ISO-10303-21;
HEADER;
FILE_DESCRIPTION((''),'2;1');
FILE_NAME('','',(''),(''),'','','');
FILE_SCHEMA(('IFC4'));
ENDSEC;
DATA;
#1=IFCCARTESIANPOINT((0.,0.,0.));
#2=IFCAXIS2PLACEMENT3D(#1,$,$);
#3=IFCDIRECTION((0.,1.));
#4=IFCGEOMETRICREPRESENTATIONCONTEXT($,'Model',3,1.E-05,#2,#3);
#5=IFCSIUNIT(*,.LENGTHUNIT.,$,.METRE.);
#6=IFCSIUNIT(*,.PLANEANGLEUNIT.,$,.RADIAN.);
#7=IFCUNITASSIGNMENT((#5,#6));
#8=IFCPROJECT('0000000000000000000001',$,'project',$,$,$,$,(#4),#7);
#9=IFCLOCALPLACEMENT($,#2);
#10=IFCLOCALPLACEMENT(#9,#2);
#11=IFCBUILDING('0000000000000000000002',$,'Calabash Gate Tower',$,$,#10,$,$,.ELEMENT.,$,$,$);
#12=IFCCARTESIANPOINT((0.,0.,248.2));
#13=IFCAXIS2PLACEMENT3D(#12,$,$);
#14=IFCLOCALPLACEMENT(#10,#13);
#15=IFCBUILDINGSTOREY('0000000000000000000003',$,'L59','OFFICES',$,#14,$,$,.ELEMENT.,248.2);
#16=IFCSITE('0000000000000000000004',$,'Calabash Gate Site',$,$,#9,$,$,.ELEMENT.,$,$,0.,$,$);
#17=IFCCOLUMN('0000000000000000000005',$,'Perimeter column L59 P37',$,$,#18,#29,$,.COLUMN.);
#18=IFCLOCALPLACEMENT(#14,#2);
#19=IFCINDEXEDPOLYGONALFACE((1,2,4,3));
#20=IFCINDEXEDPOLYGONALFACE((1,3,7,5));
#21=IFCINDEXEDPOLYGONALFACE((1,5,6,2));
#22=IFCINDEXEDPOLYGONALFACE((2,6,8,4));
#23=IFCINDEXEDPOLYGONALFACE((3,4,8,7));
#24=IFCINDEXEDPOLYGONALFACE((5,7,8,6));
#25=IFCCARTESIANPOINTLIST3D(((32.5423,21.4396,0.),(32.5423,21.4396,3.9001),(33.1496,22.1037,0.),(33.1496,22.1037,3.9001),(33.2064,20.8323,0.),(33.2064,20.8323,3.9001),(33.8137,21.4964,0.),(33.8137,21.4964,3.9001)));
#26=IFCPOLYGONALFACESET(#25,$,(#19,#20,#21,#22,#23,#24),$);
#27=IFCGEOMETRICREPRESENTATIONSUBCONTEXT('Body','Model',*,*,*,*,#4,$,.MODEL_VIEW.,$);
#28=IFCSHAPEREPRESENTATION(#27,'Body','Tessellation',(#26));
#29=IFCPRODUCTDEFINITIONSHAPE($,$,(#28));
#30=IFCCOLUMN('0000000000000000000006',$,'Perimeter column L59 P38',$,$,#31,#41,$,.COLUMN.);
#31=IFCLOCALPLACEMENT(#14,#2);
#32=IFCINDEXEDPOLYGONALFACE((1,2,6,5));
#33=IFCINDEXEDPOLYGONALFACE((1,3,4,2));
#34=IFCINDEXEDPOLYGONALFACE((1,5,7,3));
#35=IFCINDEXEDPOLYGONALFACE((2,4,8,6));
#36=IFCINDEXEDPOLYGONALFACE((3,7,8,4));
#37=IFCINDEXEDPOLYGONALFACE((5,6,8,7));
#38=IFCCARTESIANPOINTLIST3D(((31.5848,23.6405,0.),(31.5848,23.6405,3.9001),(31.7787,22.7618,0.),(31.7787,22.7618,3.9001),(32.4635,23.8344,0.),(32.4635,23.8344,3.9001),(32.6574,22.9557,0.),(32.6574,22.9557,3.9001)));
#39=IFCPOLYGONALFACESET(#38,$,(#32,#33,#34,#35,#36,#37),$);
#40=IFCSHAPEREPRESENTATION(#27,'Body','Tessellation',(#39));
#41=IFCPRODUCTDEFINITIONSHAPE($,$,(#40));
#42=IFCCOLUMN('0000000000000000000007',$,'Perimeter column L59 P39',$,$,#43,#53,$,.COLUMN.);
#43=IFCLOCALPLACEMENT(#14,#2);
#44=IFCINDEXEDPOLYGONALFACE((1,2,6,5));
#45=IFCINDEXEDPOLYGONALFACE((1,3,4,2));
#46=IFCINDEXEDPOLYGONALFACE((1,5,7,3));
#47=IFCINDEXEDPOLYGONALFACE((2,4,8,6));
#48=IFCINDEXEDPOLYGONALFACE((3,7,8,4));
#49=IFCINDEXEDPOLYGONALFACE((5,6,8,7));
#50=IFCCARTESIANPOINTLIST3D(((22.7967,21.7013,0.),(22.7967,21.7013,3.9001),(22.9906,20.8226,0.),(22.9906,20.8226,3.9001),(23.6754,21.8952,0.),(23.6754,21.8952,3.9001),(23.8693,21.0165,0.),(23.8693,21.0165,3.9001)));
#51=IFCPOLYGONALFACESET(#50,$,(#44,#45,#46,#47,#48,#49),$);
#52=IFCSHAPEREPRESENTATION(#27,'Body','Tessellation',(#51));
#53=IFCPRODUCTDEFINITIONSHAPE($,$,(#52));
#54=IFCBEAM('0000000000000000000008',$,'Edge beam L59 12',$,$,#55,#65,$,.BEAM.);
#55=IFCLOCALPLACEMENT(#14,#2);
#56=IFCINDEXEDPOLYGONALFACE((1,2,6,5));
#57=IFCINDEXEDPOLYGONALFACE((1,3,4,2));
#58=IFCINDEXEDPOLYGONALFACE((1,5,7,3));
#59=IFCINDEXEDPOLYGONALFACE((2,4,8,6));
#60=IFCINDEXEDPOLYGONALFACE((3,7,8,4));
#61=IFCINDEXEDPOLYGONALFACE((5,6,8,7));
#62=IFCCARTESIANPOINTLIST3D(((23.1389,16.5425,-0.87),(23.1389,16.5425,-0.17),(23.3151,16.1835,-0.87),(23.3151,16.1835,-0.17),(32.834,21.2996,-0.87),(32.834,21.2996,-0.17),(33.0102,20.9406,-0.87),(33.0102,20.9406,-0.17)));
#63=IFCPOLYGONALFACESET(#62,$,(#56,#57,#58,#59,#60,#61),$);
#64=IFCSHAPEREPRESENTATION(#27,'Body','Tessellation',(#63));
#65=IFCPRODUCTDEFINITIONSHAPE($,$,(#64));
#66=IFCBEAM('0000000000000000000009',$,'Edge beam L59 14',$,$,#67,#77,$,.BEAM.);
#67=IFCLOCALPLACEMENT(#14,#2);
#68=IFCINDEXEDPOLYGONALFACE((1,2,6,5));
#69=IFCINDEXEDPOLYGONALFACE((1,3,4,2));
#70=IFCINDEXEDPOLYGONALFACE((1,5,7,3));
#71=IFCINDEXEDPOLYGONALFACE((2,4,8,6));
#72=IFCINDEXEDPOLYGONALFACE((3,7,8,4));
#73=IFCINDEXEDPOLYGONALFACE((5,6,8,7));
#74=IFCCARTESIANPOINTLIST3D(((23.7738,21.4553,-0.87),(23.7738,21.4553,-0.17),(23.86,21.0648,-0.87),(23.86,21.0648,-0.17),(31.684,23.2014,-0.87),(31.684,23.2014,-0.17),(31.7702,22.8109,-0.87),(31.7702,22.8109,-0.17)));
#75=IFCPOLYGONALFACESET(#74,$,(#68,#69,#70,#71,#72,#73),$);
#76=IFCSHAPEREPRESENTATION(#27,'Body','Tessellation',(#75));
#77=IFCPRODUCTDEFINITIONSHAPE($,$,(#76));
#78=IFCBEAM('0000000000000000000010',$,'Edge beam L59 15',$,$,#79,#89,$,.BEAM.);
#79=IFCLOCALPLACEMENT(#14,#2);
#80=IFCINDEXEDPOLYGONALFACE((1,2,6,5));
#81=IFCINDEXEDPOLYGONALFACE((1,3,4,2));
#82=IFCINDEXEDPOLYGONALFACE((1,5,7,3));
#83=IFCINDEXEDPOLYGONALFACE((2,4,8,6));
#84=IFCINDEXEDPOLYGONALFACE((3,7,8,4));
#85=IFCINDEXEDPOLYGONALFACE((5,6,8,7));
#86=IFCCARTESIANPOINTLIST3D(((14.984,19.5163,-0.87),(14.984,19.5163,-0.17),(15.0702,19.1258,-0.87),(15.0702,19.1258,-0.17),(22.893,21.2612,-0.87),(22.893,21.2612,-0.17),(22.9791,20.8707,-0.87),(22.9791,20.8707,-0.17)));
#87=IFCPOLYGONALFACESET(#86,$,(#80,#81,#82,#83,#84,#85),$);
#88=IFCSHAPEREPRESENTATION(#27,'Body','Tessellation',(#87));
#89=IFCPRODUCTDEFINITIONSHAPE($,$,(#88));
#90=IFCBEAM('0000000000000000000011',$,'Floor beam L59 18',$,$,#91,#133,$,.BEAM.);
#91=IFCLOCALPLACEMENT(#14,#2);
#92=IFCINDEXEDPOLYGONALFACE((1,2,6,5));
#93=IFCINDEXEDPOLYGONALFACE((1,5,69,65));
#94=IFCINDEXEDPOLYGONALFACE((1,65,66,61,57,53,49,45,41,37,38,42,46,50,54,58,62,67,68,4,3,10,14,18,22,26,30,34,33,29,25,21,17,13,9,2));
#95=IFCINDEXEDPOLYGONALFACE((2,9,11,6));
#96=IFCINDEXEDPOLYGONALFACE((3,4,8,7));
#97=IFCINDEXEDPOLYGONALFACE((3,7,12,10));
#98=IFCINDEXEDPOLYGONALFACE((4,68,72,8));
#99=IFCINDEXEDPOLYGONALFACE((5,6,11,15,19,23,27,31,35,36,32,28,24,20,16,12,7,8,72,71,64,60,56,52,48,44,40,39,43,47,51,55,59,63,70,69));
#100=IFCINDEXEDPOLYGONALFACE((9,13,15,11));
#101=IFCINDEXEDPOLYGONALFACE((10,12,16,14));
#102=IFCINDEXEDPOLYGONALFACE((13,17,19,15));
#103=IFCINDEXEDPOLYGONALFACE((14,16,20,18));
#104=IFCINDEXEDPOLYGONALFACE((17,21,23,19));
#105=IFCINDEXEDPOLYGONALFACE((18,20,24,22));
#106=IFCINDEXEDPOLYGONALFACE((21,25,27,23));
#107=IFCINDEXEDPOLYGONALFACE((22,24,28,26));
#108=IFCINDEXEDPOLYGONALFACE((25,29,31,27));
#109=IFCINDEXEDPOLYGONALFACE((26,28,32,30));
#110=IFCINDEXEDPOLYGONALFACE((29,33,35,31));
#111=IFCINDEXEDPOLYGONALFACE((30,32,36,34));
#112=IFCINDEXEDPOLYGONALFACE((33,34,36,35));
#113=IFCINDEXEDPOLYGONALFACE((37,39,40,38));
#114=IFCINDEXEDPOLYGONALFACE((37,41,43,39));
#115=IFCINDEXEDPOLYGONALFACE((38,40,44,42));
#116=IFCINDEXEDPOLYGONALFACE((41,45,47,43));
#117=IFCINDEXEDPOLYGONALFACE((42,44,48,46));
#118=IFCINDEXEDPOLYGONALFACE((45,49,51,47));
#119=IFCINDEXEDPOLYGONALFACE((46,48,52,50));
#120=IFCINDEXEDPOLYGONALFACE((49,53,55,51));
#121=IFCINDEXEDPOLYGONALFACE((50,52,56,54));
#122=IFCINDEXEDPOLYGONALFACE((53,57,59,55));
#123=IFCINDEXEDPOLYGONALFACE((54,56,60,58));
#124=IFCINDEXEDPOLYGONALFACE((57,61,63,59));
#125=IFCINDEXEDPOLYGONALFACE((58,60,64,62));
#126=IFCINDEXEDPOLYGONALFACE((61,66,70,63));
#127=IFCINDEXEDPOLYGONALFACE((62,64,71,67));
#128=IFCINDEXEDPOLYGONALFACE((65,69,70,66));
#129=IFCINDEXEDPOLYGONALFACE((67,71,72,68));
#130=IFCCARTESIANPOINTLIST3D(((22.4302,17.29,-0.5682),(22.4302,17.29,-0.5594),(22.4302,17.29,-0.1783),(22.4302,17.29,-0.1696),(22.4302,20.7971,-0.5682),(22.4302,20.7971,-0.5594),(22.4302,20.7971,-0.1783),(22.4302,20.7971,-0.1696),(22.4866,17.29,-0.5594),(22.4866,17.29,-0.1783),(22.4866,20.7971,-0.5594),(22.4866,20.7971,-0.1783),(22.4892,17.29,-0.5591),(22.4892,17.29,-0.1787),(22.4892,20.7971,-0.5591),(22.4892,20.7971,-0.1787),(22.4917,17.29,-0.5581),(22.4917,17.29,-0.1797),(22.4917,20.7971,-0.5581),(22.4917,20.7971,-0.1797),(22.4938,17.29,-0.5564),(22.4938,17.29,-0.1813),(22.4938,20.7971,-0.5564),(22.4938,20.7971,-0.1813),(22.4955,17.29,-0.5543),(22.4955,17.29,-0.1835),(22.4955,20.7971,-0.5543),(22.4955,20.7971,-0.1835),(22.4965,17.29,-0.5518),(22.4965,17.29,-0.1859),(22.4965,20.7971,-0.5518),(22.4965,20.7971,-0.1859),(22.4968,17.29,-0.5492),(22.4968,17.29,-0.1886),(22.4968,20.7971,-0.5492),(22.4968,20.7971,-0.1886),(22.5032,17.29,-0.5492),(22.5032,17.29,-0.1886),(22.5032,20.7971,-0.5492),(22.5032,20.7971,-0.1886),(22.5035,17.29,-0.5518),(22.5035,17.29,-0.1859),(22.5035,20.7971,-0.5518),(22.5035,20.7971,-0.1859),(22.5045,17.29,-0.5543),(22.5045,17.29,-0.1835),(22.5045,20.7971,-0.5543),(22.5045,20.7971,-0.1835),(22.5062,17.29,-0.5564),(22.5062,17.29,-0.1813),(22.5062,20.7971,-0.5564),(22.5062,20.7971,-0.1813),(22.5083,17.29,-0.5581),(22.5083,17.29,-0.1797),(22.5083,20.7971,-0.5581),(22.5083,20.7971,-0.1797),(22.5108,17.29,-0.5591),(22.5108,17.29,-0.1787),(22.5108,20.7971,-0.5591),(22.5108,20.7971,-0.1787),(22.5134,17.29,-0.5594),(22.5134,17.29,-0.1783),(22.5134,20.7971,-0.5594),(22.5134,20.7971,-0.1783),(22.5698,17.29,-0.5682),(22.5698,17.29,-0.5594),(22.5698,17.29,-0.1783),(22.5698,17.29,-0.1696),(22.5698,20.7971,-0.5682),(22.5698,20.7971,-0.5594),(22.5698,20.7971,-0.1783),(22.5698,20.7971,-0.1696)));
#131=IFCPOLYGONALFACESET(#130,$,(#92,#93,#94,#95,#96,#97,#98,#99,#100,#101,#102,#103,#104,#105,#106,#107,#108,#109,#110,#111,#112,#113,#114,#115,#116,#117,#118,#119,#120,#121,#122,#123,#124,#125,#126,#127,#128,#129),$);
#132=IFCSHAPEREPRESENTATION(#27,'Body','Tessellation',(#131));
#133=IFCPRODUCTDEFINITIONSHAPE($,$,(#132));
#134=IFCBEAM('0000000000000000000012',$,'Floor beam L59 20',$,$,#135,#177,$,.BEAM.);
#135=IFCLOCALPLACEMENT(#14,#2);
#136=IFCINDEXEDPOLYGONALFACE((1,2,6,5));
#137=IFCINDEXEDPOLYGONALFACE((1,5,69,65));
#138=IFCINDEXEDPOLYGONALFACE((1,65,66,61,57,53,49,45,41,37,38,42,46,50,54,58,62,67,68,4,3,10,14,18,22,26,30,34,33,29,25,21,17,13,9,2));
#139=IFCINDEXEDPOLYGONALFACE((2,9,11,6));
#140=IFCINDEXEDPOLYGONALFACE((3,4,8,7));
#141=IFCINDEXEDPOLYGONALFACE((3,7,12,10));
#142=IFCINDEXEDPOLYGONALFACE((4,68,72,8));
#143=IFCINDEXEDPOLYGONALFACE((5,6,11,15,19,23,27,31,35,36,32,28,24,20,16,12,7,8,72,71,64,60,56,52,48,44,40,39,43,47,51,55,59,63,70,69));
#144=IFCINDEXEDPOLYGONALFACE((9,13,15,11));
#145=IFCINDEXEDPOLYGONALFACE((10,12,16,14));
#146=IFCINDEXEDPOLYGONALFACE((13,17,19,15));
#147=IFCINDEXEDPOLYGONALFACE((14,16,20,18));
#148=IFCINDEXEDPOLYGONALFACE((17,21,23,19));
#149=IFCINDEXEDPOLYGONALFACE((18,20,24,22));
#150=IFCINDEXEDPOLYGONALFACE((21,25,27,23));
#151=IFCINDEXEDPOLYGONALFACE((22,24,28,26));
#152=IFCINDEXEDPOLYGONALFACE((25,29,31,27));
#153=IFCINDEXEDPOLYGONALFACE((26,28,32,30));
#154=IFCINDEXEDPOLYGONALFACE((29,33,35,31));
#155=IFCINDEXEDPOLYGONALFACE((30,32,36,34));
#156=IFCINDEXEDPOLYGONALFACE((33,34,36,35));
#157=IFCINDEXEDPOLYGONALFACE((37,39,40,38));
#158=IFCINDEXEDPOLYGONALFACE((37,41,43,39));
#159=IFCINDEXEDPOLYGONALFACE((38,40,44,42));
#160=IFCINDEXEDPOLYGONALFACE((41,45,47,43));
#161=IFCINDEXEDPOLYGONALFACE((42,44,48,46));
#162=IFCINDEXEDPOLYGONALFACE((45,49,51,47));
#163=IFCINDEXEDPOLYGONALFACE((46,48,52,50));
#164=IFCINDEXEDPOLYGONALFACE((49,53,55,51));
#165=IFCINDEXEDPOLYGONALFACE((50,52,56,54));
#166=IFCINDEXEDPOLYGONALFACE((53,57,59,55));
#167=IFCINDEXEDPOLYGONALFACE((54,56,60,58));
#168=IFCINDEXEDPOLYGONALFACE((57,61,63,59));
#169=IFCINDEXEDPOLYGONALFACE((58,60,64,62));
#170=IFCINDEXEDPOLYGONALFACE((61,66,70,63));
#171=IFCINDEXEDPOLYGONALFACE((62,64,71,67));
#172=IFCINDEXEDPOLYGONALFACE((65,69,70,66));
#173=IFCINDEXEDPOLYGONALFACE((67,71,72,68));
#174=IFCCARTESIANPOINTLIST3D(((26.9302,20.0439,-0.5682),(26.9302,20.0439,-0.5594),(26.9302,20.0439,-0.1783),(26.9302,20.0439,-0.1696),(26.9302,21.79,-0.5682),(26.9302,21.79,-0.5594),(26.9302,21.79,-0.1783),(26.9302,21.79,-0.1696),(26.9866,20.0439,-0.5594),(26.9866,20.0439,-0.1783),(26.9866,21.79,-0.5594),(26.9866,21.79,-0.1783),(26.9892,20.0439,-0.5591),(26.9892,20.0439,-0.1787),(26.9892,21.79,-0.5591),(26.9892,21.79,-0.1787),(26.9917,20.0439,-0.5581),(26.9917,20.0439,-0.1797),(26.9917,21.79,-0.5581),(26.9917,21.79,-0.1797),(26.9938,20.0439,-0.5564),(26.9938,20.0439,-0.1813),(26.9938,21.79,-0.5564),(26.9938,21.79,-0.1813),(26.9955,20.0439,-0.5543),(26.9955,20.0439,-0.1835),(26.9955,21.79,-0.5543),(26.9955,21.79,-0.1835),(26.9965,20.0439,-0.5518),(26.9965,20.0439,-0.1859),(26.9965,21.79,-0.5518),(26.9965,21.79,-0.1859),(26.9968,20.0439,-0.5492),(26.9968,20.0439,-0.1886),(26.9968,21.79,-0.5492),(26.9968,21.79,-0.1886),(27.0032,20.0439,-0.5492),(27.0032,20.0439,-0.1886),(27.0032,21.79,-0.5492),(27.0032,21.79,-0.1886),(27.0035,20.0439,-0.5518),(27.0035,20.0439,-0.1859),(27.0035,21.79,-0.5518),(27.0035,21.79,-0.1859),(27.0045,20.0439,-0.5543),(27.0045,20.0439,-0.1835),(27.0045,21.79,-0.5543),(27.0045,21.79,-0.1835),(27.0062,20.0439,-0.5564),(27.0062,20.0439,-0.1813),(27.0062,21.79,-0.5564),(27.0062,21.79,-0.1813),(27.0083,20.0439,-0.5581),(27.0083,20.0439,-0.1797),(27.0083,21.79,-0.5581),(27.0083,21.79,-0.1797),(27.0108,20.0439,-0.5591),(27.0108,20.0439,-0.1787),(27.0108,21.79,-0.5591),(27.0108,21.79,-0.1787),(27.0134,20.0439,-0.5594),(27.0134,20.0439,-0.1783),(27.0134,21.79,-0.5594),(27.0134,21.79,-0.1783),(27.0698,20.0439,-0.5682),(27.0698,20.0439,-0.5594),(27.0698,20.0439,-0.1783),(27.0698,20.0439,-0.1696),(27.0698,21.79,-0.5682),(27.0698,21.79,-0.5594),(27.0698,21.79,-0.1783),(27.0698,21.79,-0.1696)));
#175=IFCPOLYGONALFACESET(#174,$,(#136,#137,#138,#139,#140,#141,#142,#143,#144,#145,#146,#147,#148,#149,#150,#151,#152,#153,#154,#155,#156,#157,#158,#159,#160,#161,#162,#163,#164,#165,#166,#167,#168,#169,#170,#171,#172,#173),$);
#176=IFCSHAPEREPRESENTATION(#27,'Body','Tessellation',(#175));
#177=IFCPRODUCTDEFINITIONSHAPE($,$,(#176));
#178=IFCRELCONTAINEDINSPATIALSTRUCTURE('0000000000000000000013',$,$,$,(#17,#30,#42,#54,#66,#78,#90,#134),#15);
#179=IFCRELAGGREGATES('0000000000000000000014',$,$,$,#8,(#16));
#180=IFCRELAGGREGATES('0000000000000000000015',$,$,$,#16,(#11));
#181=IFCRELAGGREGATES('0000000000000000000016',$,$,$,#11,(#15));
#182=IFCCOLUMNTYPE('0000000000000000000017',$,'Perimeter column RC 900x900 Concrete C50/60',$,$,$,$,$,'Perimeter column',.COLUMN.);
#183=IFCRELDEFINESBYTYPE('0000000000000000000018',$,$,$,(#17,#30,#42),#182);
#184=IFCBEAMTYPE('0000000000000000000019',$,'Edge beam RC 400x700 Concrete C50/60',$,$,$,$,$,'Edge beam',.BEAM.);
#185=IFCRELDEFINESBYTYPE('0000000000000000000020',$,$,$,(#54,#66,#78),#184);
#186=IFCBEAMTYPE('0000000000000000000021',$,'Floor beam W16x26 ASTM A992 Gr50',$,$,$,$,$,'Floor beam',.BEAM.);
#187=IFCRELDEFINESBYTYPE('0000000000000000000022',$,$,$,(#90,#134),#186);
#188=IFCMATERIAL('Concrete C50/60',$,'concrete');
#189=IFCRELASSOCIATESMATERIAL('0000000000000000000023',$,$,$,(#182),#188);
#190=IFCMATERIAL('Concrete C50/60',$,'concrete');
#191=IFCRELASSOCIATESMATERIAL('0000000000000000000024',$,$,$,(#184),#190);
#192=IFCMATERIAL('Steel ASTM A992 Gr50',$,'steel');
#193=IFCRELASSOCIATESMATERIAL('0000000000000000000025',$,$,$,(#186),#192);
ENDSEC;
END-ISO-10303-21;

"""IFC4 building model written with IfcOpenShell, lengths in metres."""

from ifc_helpers import new_model, si_unit, direction, frame, origin, origin_2d, place, context, subcontext, project, spatial, rectangle, i_section, extrude, material, material_profile, profile_set, type_object, element, save


model = new_model("IFC4")

# Units and contexts
model_context = context("Model", 3, precision=1e-05, world=origin(), true_north=direction((0.0, 1.0)))
body_context = subcontext(model_context, "Body", "Model", "MODEL_VIEW")
ifc_project = project(units=[si_unit("LENGTHUNIT", "METRE"), si_unit("PLANEANGLEUNIT", "RADIAN")], contexts=[model_context])

# Site, building, storey
site_placement = place(None, origin())
site = spatial("IfcSite", under=ifc_project, at=site_placement, Name="Calabash Gate Site", CompositionType="ELEMENT", RefElevation=0.0)
building_placement = place(site_placement, origin())
building = spatial("IfcBuilding", under=site, at=building_placement, Name="Calabash Gate Tower", CompositionType="ELEMENT")
storey_placement = place(building_placement, frame((0.0, 0.0, 248.2)))
storey = spatial("IfcBuildingStorey", under=building, at=storey_placement, Name="L59", Description="OFFICES", CompositionType="ELEMENT", Elevation=248.2)

# Columns
ifc_material_1 = material(Name="Concrete C50/60", Category="concrete")
ifc_material_profile_1 = material_profile(ifc_material_1, rectangle(XDim=0.8999, YDim=0.8999, at=origin_2d()))
ifc_profile_set_1 = profile_set([ifc_material_profile_1], Name="Concrete C50/60")
column_type = type_object("IfcColumnType", Name="Perimeter column RC 900x900 Concrete C50/60", ElementType="Perimeter column", PredefinedType="COLUMN", material=ifc_profile_set_1)
for number, where, z_axis, x_axis, name in (
    (1, (33.178, 21.468, 0.0), (0.0, 0.0, 1.0), (0.674856, 0.737949, 0.0), "Perimeter column L59 P37"),
    (2, (32.1211, 23.2981, 0.0), (0.0, 0.0, 1.0), (-0.976511, -0.215468, 0.0), "Perimeter column L59 P38"),
    (3, (23.333, 21.3589, 0.0), (0.0, 0.0, 1.0), (-0.976511, -0.215468, 0.0), "Perimeter column L59 P39"),
):
    element("IfcColumn", number, at=place(storey_placement, frame(where, z_axis=z_axis, x_axis=x_axis)), inside=storey, type_object=column_type, Name=name, PredefinedType="COLUMN", context=body_context, shape_type="SweptSolid", body=[
        extrude(rectangle(XDim=0.8999, YDim=0.8999, at=origin_2d()), origin(), (0.0, 0.0, 1.0), 3.9001),
    ])

# Beams
ifc_material_2 = material(Name="Concrete C50/60", Category="concrete")
ifc_material_profile_2 = material_profile(ifc_material_2, rectangle(XDim=0.3999, YDim=0.7, at=origin_2d()))
ifc_profile_set_2 = profile_set([ifc_material_profile_2], Name="Concrete C50/60")
beam_type_1 = type_object("IfcBeamType", Name="Edge beam RC 400x700 Concrete C50/60", ElementType="Edge beam", PredefinedType="BEAM", material=ifc_profile_set_2)
beam_1_placement = place(storey_placement, frame((32.9221, 21.1201, -0.52), z_axis=(-0.897752, -0.4405, 0.0), x_axis=(0.4405, -0.897752, 0.0)))
element("IfcBeam", 4, at=beam_1_placement, inside=storey, type_object=beam_type_1, Name="Edge beam L59 12", PredefinedType="BEAM", context=body_context, shape_type="SweptSolid", body=[
    extrude(rectangle(XDim=0.3999, YDim=0.7, at=origin_2d()), origin(), (0.0, 0.0, 1.0), 10.7993),
])
beam_2_placement = place(storey_placement, frame((31.7271, 23.0061, -0.52), z_axis=(-0.976492, -0.215552, 0.0), x_axis=(0.215552, -0.976492, 0.0)))
element("IfcBeam", 5, at=beam_2_placement, inside=storey, type_object=beam_type_1, Name="Edge beam L59 14", PredefinedType="BEAM", context=body_context, shape_type="SweptSolid", body=[
    extrude(rectangle(XDim=0.3999, YDim=0.7, at=origin_2d()), origin(), (0.0, 0.0, 1.0), 8.1006),
])
beam_3_placement = place(storey_placement, frame((22.936, 21.0659, -0.52), z_axis=(-0.976517, -0.21544, 0.0), x_axis=(0.21544, -0.976517, 0.0)))
element("IfcBeam", 6, at=beam_3_placement, inside=storey, type_object=beam_type_1, Name="Edge beam L59 15", PredefinedType="BEAM", context=body_context, shape_type="SweptSolid", body=[
    extrude(rectangle(XDim=0.3999, YDim=0.7, at=origin_2d()), origin(), (0.0, 0.0, 1.0), 8.0991),
])
ifc_material_3 = material(Name="Steel ASTM A992 Gr50", Category="steel")
ifc_material_profile_3 = material_profile(ifc_material_3, i_section(OverallWidth=0.1396, OverallDepth=0.3987, WebThickness=0.0063, FlangeThickness=0.0088, FilletRadius=0.0103, at=origin_2d()))
ifc_profile_set_3 = profile_set([ifc_material_profile_3], Name="Steel ASTM A992 Gr50")
beam_type_2 = type_object("IfcBeamType", Name="Floor beam W16x26 ASTM A992 Gr50", ElementType="Floor beam", PredefinedType="BEAM", material=ifc_profile_set_3)
beam_4_placement = place(storey_placement, frame((22.5, 17.29, -0.3689), z_axis=(0.0, 1.0, 0.0), x_axis=(-1.0, 0.0, 0.0)))
element("IfcBeam", 7, at=beam_4_placement, inside=storey, type_object=beam_type_2, Name="Floor beam L59 18", PredefinedType="BEAM", context=body_context, shape_type="SweptSolid", body=[
    extrude(i_section(OverallWidth=0.1396, OverallDepth=0.3987, WebThickness=0.0063, FlangeThickness=0.0088, FilletRadius=0.0103, at=origin_2d()), origin(), (0.0, 0.0, 1.0), 3.5071),
])
beam_5_placement = place(storey_placement, frame((27.0, 20.0439, -0.3689), z_axis=(0.0, 1.0, 0.0), x_axis=(-1.0, 0.0, 0.0)))
element("IfcBeam", 8, at=beam_5_placement, inside=storey, type_object=beam_type_2, Name="Floor beam L59 20", PredefinedType="BEAM", context=body_context, shape_type="SweptSolid", body=[
    extrude(i_section(OverallWidth=0.1396, OverallDepth=0.3987, WebThickness=0.0063, FlangeThickness=0.0088, FilletRadius=0.0103, at=origin_2d()), origin(), (0.0, 0.0, 1.0), 1.7461),
])

save(model, "model.ifc")
